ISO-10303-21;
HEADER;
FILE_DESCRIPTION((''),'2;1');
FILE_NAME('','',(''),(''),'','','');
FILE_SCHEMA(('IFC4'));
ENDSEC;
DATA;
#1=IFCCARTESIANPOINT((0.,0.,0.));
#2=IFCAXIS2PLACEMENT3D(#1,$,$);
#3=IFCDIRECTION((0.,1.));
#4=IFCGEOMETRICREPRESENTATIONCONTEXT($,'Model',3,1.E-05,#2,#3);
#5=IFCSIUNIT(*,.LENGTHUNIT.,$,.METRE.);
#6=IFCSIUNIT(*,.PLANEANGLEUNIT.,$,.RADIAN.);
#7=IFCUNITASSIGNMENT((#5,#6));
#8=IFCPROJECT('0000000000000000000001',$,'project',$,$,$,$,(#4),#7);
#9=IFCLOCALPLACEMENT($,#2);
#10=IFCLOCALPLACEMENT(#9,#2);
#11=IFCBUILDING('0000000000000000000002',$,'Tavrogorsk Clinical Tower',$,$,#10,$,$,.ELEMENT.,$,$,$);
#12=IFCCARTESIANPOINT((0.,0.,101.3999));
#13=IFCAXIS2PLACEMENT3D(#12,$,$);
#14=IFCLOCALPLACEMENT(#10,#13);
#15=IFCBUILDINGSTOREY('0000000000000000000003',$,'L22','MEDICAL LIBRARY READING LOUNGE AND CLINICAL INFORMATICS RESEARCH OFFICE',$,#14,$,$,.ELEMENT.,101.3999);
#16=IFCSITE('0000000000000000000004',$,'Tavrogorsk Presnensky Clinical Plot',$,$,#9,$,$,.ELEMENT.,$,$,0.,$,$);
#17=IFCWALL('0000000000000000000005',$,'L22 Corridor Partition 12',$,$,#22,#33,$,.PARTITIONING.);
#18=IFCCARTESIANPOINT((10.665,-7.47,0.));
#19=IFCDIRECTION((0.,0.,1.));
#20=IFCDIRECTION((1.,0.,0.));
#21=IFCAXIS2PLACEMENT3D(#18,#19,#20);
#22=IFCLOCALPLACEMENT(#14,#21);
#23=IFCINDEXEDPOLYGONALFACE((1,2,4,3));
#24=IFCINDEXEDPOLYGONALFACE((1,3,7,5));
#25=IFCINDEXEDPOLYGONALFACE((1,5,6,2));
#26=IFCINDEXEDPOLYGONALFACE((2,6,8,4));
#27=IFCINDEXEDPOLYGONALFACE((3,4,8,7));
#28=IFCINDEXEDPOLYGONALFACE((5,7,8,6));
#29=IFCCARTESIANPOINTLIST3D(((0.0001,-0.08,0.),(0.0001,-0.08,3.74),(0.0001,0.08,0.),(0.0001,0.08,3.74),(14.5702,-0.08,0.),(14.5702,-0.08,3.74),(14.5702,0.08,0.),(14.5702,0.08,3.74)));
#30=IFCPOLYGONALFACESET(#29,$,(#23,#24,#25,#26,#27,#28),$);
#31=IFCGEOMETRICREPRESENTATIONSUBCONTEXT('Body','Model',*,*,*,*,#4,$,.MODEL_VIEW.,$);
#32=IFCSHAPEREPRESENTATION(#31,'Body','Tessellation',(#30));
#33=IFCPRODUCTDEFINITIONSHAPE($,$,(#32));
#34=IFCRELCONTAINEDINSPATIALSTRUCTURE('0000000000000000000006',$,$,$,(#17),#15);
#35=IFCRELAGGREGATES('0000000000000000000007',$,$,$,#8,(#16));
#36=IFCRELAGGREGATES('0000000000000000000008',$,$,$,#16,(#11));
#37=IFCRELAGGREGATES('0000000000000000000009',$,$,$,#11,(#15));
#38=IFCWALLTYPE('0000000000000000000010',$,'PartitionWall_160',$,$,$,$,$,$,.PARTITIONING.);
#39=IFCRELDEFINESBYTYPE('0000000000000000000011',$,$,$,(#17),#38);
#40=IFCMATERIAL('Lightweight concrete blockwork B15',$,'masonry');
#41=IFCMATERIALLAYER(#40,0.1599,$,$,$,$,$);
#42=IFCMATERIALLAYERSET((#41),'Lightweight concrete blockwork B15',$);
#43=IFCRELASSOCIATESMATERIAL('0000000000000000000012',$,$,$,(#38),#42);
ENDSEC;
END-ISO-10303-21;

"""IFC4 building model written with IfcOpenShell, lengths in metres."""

from ifc_helpers import new_model, si_unit, direction, frame, frame_2d, origin, place, context, subcontext, project, spatial, rectangle, extrude, material, layer, layer_set, type_object, element, save


model = new_model("IFC4")

# Units and contexts
model_context = context("Model", 3, precision=1e-05, world=origin(), true_north=direction((0.0, 1.0)))
body_context = subcontext(model_context, "Body", "Model", "MODEL_VIEW")
ifc_project = project(units=[si_unit("LENGTHUNIT", "METRE"), si_unit("PLANEANGLEUNIT", "RADIAN")], contexts=[model_context])

# Site, building, storey
site_placement = place(None, origin())
site = spatial("IfcSite", under=ifc_project, at=site_placement, Name="Tavrogorsk Presnensky Clinical Plot", CompositionType="ELEMENT", RefElevation=0.0)
building_placement = place(site_placement, origin())
building = spatial("IfcBuilding", under=site, at=building_placement, Name="Tavrogorsk Clinical Tower", CompositionType="ELEMENT")
storey_placement = place(building_placement, frame((0.0, 0.0, 101.3999)))
storey = spatial("IfcBuildingStorey", under=building, at=storey_placement, Name="L22", Description="MEDICAL LIBRARY READING LOUNGE AND CLINICAL INFORMATICS RESEARCH OFFICE", CompositionType="ELEMENT", Elevation=101.3999)

# Wall
ifc_material_1 = material(Name="Lightweight concrete blockwork B15", Category="masonry")
ifc_layer_1 = layer(ifc_material_1, 0.1599)
ifc_layer_set_1 = layer_set([ifc_layer_1], Name="Lightweight concrete blockwork B15")
wall_type_1 = type_object("IfcWallType", Name="PartitionWall_160", PredefinedType="PARTITIONING", material=ifc_layer_set_1)
wall_1_placement = place(storey_placement, frame((10.665, -7.47, 0.0), z_axis=(0.0, 0.0, 1.0), x_axis=(1.0, 0.0, 0.0)))
element("IfcWall", 1, at=wall_1_placement, inside=storey, type_object=wall_type_1, Name="L22 Corridor Partition 12", PredefinedType="PARTITIONING", context=body_context, shape_type="SweptSolid", body=[
    extrude(rectangle(XDim=14.5701, YDim=0.1599, at=frame_2d((7.2852, 0.0))), origin(), (0.0, 0.0, 1.0), 3.74),
])

save(model, "model.ifc")
